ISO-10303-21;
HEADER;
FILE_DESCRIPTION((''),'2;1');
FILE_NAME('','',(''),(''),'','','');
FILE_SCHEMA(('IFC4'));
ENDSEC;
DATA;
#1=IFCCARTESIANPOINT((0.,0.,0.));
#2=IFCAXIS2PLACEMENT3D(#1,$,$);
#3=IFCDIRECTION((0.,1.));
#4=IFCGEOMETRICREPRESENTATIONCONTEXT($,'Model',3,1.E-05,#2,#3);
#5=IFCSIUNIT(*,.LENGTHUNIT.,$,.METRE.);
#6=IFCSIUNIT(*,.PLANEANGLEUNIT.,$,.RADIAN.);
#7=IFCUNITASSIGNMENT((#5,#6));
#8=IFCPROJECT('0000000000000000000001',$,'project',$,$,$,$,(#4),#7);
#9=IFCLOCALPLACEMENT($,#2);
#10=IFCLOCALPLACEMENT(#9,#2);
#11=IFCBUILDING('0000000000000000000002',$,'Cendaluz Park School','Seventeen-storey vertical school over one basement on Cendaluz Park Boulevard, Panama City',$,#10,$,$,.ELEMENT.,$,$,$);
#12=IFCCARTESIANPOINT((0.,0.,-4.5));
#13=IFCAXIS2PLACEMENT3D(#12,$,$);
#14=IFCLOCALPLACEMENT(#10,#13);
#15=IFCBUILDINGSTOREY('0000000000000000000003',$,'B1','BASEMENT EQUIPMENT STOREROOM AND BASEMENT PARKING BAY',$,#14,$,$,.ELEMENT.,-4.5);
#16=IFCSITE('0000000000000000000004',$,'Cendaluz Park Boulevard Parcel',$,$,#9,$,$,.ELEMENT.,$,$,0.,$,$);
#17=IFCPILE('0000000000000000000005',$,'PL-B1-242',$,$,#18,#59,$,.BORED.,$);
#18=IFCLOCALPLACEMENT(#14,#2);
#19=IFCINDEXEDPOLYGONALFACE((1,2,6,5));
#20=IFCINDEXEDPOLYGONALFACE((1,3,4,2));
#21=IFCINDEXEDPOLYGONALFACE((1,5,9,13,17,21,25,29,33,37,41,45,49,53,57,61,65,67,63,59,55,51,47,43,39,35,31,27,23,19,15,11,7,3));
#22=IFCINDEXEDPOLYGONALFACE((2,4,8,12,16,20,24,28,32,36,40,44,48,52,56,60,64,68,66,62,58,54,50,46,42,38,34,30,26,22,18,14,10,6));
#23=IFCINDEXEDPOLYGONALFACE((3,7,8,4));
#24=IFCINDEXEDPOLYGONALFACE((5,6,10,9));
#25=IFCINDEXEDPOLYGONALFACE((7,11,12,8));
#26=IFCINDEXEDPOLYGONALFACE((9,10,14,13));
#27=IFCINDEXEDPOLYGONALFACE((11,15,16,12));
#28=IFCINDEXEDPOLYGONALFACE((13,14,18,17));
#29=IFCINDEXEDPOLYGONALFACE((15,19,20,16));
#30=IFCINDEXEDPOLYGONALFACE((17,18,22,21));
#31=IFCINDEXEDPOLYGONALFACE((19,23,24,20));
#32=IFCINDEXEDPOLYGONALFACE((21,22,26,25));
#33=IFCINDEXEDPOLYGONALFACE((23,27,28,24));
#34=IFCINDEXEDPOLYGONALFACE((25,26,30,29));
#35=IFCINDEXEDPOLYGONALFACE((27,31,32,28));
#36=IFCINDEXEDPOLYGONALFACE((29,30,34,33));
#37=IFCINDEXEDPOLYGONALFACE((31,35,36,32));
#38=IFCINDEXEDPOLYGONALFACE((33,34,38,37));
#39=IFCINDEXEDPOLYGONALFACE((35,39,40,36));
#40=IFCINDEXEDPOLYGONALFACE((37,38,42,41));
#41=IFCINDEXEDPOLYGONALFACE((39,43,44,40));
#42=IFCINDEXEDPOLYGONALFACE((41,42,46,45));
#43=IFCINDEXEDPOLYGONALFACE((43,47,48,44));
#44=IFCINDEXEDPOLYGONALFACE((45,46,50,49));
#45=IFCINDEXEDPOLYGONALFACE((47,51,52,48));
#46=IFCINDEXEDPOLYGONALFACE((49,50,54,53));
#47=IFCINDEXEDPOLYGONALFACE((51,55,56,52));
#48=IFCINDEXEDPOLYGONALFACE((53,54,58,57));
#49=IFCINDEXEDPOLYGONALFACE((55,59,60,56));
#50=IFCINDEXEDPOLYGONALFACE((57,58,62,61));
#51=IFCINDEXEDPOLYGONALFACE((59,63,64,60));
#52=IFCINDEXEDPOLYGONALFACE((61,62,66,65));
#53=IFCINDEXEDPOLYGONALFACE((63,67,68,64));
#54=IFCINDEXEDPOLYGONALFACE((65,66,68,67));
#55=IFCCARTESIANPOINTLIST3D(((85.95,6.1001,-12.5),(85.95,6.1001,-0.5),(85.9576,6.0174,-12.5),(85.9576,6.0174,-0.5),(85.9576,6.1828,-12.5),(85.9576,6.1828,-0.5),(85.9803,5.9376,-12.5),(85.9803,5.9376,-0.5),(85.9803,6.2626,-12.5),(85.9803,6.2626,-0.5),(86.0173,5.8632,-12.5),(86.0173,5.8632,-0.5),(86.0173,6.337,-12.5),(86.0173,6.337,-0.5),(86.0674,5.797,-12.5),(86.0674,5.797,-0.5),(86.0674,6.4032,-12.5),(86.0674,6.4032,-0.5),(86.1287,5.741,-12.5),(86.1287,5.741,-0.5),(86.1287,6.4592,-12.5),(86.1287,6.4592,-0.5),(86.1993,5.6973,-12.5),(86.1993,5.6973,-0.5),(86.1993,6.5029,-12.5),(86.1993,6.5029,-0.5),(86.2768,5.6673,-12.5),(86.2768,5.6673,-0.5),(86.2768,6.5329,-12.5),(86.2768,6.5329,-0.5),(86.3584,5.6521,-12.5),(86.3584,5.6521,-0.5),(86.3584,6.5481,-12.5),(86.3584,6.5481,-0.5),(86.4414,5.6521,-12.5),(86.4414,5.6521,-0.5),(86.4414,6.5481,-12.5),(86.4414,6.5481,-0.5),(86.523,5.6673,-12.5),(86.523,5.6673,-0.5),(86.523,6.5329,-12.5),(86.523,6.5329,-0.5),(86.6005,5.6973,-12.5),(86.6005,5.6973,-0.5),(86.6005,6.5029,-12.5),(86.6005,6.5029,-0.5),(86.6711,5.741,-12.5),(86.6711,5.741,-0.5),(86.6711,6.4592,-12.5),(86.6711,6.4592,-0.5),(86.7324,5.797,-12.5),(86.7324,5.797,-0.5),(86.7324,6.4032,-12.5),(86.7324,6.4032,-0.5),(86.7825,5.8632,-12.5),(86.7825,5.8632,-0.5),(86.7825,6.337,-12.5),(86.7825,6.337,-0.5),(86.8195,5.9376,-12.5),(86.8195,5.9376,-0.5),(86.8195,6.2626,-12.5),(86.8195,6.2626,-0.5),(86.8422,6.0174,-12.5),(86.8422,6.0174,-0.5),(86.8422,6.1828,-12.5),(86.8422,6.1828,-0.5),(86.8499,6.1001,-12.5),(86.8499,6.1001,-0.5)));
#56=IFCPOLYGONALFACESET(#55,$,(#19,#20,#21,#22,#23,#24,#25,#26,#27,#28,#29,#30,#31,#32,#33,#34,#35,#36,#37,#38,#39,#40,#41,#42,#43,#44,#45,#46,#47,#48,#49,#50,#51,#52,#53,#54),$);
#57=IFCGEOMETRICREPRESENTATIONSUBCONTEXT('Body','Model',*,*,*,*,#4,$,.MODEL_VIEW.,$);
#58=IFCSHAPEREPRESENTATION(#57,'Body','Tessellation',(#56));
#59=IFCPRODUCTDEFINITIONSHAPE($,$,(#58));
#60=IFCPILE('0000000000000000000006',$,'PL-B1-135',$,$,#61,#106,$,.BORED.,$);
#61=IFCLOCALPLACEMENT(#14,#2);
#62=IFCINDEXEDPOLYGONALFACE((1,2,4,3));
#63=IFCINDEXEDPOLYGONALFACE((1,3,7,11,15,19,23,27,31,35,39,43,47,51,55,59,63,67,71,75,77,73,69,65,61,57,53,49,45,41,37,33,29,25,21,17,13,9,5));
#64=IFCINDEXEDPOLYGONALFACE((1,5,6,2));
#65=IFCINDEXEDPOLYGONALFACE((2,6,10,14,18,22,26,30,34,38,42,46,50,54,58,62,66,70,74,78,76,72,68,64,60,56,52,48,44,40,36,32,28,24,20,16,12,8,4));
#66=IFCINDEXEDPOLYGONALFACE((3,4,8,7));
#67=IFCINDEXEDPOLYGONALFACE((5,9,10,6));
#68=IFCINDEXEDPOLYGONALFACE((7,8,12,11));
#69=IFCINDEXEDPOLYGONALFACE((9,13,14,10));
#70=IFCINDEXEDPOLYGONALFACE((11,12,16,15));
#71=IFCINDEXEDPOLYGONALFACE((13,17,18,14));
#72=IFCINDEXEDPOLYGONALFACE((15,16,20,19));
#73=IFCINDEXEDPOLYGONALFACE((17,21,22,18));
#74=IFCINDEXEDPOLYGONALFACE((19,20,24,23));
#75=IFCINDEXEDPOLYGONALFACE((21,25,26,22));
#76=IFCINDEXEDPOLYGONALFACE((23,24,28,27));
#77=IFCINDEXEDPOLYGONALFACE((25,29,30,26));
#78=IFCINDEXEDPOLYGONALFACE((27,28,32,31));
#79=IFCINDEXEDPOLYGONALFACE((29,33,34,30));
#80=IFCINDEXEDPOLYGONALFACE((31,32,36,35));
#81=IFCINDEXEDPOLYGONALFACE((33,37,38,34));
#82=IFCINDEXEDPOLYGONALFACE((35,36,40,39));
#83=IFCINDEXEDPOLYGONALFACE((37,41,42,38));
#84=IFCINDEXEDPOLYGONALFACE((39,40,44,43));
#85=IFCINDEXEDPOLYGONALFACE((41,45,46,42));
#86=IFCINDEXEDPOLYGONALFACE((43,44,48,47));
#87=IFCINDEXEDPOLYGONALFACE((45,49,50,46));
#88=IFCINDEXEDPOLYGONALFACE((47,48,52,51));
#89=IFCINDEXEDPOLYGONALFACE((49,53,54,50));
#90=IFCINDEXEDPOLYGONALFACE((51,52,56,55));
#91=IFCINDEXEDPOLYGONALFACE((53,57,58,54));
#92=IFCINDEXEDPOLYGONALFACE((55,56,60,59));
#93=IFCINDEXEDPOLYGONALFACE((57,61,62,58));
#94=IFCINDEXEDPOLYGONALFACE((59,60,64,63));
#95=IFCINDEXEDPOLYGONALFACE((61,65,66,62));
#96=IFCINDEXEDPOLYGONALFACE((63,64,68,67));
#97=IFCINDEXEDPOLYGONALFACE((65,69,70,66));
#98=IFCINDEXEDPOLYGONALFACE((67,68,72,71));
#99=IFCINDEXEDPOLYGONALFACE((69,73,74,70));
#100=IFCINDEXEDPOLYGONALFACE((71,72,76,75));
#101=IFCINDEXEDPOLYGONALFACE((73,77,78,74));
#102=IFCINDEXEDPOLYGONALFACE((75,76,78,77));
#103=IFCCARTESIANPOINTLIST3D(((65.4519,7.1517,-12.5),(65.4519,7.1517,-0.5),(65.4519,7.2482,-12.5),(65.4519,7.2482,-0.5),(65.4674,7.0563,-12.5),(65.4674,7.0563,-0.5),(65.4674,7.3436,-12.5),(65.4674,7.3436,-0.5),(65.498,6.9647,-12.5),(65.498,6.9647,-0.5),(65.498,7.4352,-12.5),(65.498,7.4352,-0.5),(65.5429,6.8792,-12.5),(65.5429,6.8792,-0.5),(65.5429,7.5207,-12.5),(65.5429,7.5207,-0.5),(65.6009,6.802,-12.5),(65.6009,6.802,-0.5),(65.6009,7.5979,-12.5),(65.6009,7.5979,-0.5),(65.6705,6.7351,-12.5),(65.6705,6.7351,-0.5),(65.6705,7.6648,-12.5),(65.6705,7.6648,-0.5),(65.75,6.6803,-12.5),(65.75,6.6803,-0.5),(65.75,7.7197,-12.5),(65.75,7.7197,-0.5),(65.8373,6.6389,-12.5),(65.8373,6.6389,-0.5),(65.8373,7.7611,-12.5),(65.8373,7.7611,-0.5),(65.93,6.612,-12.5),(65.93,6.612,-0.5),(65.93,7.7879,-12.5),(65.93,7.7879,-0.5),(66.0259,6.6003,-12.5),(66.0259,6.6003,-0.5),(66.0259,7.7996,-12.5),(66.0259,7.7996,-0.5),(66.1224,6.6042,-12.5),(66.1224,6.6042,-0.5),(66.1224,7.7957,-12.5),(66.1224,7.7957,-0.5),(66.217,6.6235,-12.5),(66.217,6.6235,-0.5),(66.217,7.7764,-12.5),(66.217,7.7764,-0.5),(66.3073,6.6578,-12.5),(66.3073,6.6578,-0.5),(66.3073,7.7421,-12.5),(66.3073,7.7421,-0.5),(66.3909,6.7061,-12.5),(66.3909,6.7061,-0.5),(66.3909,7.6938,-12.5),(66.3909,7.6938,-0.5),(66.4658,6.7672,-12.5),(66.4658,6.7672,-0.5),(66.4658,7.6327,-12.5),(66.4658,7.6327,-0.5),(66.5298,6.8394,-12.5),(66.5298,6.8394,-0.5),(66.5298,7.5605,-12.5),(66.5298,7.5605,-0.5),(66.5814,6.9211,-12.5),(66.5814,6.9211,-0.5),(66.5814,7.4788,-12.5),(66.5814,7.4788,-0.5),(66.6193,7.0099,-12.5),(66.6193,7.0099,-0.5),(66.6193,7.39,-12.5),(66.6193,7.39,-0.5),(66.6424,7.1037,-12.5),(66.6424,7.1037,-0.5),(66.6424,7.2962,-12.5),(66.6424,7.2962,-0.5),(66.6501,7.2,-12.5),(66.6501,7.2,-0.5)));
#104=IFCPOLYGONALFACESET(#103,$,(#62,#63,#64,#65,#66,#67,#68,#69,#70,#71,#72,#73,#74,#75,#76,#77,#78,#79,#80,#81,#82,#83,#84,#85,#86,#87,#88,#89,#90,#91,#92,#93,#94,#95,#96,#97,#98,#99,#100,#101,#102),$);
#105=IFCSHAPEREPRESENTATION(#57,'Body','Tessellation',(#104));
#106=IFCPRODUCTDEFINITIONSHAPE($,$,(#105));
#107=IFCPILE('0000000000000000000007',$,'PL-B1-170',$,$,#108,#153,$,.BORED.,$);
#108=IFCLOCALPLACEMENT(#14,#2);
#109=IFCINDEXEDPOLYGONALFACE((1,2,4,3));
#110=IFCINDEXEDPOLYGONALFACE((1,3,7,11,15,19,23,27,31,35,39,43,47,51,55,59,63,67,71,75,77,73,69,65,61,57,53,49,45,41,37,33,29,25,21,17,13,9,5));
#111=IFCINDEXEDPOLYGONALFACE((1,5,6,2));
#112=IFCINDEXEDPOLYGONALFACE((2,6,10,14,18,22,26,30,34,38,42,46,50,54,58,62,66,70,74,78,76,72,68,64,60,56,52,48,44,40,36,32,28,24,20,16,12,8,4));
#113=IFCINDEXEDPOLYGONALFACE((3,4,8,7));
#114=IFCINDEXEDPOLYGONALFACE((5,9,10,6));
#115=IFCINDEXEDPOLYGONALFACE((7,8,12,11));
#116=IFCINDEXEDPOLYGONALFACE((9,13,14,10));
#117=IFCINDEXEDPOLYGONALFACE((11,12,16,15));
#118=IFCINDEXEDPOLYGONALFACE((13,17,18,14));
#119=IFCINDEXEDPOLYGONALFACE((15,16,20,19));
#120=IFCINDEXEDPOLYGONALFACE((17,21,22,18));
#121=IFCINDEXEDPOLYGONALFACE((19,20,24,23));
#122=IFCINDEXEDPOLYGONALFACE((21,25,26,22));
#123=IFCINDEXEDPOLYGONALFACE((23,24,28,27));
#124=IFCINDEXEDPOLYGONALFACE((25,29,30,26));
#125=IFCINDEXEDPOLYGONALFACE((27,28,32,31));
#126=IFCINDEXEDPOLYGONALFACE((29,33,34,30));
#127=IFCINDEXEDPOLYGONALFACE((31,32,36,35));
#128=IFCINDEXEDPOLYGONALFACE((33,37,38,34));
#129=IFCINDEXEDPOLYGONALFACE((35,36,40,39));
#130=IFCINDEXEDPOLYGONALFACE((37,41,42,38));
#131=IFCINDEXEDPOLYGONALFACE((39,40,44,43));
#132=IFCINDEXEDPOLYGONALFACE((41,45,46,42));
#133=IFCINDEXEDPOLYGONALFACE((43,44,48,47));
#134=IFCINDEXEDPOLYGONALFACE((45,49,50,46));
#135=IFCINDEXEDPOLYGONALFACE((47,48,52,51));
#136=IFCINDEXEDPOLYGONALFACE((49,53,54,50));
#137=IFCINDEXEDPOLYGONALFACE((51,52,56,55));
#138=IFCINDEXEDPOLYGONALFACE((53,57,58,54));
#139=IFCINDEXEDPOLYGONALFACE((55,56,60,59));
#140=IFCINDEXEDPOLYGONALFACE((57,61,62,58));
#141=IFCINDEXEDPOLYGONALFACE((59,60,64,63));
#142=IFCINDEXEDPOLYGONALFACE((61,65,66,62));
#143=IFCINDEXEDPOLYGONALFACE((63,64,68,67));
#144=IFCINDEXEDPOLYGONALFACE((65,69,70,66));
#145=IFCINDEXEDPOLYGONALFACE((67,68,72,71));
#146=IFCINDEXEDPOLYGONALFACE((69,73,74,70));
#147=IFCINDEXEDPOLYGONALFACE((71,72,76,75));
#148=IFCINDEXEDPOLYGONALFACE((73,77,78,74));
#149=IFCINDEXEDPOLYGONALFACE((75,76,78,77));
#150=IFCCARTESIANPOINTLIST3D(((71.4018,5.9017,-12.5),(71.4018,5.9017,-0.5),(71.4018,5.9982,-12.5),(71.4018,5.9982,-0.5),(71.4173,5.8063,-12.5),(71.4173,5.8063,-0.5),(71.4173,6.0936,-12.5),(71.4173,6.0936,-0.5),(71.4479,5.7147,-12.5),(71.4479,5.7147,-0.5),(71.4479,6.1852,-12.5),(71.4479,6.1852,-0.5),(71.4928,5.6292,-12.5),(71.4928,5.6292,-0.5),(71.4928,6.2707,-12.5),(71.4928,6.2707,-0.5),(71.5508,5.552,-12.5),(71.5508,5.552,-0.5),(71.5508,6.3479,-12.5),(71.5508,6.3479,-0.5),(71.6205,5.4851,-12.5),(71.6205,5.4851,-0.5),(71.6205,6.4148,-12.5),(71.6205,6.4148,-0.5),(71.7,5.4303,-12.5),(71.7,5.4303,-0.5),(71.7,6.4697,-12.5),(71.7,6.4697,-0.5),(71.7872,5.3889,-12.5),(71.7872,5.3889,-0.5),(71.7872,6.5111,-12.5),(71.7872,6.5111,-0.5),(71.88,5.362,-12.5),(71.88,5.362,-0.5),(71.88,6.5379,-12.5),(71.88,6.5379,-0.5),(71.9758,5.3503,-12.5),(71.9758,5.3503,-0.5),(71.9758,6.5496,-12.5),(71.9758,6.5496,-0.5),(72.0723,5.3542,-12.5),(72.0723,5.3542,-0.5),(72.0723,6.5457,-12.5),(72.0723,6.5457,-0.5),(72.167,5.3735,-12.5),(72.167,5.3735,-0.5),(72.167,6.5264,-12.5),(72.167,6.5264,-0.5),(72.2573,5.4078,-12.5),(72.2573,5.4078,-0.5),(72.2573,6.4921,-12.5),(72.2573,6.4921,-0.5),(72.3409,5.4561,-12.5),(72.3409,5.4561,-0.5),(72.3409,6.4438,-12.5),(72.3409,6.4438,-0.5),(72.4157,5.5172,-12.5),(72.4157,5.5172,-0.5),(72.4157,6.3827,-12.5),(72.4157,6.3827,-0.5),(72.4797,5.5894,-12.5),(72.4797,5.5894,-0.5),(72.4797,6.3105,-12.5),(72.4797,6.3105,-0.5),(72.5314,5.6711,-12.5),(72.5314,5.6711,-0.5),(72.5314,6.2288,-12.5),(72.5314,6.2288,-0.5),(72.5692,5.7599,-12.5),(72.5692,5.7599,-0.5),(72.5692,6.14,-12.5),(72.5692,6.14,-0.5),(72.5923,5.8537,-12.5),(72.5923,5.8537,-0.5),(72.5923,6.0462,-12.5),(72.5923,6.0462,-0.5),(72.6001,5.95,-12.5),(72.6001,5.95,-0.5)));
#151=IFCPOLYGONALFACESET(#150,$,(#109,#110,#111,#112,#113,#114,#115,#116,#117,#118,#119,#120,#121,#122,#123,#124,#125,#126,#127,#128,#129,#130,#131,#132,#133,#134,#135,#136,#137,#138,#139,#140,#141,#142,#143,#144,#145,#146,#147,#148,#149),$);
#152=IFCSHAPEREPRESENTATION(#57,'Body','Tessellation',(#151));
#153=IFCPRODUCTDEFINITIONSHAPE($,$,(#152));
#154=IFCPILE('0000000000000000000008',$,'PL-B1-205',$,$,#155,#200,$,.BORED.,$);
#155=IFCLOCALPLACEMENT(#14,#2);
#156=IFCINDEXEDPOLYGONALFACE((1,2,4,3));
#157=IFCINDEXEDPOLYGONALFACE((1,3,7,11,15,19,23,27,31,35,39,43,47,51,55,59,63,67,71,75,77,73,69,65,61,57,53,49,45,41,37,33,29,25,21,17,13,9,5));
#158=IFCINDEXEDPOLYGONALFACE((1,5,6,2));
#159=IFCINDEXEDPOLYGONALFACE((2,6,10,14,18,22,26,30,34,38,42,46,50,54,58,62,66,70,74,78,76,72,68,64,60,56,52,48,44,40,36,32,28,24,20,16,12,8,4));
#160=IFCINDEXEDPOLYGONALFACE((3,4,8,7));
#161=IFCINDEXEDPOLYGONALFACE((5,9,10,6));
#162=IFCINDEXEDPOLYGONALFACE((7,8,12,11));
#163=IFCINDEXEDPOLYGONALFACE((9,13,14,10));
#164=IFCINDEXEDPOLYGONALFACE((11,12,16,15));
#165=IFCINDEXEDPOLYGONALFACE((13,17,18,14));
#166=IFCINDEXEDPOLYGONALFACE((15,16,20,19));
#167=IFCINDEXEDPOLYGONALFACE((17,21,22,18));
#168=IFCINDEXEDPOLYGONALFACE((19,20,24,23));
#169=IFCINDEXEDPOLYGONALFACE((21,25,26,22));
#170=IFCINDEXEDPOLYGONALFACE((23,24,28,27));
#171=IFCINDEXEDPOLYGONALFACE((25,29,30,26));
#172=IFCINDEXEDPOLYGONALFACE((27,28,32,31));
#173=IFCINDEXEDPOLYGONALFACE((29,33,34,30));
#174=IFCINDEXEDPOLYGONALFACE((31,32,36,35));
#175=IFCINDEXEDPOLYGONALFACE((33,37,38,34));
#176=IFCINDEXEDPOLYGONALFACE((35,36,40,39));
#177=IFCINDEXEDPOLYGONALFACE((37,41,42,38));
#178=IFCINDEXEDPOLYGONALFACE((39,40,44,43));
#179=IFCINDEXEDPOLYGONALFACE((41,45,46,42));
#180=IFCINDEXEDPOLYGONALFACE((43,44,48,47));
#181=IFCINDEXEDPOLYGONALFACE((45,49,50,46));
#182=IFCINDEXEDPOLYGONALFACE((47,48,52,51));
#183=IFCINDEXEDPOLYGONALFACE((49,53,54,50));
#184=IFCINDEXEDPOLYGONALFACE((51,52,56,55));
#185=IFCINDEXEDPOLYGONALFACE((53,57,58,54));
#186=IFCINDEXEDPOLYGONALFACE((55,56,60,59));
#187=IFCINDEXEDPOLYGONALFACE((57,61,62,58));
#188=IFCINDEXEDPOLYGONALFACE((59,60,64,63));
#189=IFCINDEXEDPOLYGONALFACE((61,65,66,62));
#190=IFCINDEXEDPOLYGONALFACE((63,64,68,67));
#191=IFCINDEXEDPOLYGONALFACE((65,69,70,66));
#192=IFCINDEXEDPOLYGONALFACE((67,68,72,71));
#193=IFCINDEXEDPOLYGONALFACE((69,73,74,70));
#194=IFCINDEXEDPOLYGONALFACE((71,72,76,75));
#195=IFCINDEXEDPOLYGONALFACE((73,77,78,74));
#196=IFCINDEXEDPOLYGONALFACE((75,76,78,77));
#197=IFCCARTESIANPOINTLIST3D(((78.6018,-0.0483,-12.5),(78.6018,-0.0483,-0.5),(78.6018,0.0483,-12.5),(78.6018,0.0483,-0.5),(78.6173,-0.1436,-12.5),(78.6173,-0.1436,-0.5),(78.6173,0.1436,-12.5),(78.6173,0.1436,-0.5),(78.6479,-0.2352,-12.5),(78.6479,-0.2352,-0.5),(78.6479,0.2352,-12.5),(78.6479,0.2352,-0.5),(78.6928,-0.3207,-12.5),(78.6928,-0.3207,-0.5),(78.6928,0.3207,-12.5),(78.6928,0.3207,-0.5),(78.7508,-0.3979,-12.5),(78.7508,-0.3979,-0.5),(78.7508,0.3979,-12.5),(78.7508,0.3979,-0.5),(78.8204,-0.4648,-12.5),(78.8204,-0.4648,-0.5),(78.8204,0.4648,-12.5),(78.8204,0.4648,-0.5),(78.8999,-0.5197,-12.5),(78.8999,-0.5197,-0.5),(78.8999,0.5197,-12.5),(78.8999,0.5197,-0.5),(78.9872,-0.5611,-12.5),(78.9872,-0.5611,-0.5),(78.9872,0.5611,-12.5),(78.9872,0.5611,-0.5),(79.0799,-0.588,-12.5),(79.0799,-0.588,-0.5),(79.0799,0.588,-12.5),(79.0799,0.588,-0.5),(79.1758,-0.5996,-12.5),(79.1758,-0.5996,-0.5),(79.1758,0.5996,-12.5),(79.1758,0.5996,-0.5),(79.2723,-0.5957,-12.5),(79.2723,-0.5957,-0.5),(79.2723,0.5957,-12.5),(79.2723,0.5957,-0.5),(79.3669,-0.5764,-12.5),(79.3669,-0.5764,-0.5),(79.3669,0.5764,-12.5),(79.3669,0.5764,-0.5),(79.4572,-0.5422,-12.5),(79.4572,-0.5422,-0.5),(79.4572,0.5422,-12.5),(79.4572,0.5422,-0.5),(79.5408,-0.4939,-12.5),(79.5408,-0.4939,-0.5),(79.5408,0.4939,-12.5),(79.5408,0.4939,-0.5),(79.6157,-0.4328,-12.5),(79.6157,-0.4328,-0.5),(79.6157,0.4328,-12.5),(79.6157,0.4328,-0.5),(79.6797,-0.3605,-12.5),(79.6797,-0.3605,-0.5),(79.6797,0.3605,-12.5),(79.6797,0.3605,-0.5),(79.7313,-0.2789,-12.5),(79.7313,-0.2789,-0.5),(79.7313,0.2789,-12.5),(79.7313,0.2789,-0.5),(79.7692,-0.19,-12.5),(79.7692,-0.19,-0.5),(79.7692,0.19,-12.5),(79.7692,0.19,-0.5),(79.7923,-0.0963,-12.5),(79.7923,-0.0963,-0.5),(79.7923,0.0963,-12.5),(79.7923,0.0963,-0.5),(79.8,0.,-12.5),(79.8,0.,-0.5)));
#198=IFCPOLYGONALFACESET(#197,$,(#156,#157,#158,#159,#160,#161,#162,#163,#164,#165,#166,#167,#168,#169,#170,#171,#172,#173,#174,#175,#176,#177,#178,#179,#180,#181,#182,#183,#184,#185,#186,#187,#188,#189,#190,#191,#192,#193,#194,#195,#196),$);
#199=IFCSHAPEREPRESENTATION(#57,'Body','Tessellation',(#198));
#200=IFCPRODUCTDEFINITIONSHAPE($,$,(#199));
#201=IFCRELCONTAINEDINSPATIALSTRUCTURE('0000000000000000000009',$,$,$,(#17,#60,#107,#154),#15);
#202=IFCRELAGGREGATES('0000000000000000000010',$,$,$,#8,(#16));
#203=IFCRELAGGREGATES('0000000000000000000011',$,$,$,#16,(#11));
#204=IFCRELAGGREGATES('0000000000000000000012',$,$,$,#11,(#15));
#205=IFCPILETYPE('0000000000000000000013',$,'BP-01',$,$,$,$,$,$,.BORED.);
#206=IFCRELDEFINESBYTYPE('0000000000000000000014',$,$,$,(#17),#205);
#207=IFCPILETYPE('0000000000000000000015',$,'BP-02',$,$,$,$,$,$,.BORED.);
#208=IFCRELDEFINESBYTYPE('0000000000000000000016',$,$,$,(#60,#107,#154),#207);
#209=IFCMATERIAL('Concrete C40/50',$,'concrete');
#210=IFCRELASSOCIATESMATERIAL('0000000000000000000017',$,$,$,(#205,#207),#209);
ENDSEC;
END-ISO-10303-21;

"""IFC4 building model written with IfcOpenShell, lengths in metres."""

from ifc_helpers import new_model, si_unit, direction, frame, origin, origin_2d, place, context, subcontext, project, spatial, circle, extrude, material, material_profile, profile_set, type_object, element, save


model = new_model("IFC4")

# Units and contexts
model_context = context("Model", 3, precision=1e-05, world=origin(), true_north=direction((0.0, 1.0)))
body_context = subcontext(model_context, "Body", "Model", "MODEL_VIEW")
ifc_project = project(units=[si_unit("LENGTHUNIT", "METRE"), si_unit("PLANEANGLEUNIT", "RADIAN")], contexts=[model_context])

# Site, building, storey
site_placement = place(None, origin())
site = spatial("IfcSite", under=ifc_project, at=site_placement, Name="Cendaluz Park Boulevard Parcel", CompositionType="ELEMENT", RefElevation=0.0)
building_placement = place(site_placement, origin())
building = spatial("IfcBuilding", under=site, at=building_placement, Name="Cendaluz Park School", Description="Seventeen-storey vertical school over one basement on Cendaluz Park Boulevard, Panama City", CompositionType="ELEMENT")
storey_placement = place(building_placement, frame((0.0, 0.0, -4.5)))
storey = spatial("IfcBuildingStorey", under=building, at=storey_placement, Name="B1", Description="BASEMENT EQUIPMENT STOREROOM AND BASEMENT PARKING BAY", CompositionType="ELEMENT", Elevation=-4.5)

# Piles
ifc_material_1 = material(Name="Concrete C40/50", Category="concrete")
ifc_material_profile_1 = material_profile(ifc_material_1, circle(Radius=0.45, at=origin_2d()), Name="BP D900", Category="concrete")
ifc_profile_set_1 = profile_set([ifc_material_profile_1], Name="Concrete C40/50")
pile_type_1 = type_object("IfcPileType", Name="BP-01", PredefinedType="BORED", material=ifc_profile_set_1)
for number, where, z_axis, x_axis, name in (
    (1, (86.3999, 6.1001, -0.5), (0.0, 0.0, -1.0), (1.0, 0.0, 0.0), "PL-B1-242"),
):
    element("IfcPile", number, at=place(storey_placement, frame(where, z_axis=z_axis, x_axis=x_axis)), inside=storey, type_object=pile_type_1, Name=name, PredefinedType="BORED", context=body_context, shape_type="SweptSolid", body=[
        extrude(circle(Radius=0.45, at=origin_2d()), origin(), (0.0, 0.0, 1.0), 12.0),
    ])
ifc_material_profile_2 = material_profile(ifc_material_1, circle(Radius=0.6001, at=origin_2d()), Name="BP D1200", Category="concrete")
ifc_profile_set_2 = profile_set([ifc_material_profile_2], Name="Concrete C40/50")
pile_type_2 = type_object("IfcPileType", Name="BP-02", PredefinedType="BORED", material=ifc_profile_set_2)
for number, where, z_axis, x_axis, name in (
    (2, (66.05, 7.2, -0.5), (0.0, 0.0, -1.0), (1.0, 0.0, 0.0), "PL-B1-135"),
    (3, (72.0, 5.95, -0.5), (0.0, 0.0, -1.0), (1.0, 0.0, 0.0), "PL-B1-170"),
    (4, (79.2, 0.0, -0.5), (0.0, 0.0, -1.0), (1.0, 0.0, 0.0), "PL-B1-205"),
):
    element("IfcPile", number, at=place(storey_placement, frame(where, z_axis=z_axis, x_axis=x_axis)), inside=storey, type_object=pile_type_2, Name=name, PredefinedType="BORED", context=body_context, shape_type="SweptSolid", body=[
        extrude(circle(Radius=0.6001, at=origin_2d()), origin(), (0.0, 0.0, 1.0), 12.0),
    ])

save(model, "model.ifc")
